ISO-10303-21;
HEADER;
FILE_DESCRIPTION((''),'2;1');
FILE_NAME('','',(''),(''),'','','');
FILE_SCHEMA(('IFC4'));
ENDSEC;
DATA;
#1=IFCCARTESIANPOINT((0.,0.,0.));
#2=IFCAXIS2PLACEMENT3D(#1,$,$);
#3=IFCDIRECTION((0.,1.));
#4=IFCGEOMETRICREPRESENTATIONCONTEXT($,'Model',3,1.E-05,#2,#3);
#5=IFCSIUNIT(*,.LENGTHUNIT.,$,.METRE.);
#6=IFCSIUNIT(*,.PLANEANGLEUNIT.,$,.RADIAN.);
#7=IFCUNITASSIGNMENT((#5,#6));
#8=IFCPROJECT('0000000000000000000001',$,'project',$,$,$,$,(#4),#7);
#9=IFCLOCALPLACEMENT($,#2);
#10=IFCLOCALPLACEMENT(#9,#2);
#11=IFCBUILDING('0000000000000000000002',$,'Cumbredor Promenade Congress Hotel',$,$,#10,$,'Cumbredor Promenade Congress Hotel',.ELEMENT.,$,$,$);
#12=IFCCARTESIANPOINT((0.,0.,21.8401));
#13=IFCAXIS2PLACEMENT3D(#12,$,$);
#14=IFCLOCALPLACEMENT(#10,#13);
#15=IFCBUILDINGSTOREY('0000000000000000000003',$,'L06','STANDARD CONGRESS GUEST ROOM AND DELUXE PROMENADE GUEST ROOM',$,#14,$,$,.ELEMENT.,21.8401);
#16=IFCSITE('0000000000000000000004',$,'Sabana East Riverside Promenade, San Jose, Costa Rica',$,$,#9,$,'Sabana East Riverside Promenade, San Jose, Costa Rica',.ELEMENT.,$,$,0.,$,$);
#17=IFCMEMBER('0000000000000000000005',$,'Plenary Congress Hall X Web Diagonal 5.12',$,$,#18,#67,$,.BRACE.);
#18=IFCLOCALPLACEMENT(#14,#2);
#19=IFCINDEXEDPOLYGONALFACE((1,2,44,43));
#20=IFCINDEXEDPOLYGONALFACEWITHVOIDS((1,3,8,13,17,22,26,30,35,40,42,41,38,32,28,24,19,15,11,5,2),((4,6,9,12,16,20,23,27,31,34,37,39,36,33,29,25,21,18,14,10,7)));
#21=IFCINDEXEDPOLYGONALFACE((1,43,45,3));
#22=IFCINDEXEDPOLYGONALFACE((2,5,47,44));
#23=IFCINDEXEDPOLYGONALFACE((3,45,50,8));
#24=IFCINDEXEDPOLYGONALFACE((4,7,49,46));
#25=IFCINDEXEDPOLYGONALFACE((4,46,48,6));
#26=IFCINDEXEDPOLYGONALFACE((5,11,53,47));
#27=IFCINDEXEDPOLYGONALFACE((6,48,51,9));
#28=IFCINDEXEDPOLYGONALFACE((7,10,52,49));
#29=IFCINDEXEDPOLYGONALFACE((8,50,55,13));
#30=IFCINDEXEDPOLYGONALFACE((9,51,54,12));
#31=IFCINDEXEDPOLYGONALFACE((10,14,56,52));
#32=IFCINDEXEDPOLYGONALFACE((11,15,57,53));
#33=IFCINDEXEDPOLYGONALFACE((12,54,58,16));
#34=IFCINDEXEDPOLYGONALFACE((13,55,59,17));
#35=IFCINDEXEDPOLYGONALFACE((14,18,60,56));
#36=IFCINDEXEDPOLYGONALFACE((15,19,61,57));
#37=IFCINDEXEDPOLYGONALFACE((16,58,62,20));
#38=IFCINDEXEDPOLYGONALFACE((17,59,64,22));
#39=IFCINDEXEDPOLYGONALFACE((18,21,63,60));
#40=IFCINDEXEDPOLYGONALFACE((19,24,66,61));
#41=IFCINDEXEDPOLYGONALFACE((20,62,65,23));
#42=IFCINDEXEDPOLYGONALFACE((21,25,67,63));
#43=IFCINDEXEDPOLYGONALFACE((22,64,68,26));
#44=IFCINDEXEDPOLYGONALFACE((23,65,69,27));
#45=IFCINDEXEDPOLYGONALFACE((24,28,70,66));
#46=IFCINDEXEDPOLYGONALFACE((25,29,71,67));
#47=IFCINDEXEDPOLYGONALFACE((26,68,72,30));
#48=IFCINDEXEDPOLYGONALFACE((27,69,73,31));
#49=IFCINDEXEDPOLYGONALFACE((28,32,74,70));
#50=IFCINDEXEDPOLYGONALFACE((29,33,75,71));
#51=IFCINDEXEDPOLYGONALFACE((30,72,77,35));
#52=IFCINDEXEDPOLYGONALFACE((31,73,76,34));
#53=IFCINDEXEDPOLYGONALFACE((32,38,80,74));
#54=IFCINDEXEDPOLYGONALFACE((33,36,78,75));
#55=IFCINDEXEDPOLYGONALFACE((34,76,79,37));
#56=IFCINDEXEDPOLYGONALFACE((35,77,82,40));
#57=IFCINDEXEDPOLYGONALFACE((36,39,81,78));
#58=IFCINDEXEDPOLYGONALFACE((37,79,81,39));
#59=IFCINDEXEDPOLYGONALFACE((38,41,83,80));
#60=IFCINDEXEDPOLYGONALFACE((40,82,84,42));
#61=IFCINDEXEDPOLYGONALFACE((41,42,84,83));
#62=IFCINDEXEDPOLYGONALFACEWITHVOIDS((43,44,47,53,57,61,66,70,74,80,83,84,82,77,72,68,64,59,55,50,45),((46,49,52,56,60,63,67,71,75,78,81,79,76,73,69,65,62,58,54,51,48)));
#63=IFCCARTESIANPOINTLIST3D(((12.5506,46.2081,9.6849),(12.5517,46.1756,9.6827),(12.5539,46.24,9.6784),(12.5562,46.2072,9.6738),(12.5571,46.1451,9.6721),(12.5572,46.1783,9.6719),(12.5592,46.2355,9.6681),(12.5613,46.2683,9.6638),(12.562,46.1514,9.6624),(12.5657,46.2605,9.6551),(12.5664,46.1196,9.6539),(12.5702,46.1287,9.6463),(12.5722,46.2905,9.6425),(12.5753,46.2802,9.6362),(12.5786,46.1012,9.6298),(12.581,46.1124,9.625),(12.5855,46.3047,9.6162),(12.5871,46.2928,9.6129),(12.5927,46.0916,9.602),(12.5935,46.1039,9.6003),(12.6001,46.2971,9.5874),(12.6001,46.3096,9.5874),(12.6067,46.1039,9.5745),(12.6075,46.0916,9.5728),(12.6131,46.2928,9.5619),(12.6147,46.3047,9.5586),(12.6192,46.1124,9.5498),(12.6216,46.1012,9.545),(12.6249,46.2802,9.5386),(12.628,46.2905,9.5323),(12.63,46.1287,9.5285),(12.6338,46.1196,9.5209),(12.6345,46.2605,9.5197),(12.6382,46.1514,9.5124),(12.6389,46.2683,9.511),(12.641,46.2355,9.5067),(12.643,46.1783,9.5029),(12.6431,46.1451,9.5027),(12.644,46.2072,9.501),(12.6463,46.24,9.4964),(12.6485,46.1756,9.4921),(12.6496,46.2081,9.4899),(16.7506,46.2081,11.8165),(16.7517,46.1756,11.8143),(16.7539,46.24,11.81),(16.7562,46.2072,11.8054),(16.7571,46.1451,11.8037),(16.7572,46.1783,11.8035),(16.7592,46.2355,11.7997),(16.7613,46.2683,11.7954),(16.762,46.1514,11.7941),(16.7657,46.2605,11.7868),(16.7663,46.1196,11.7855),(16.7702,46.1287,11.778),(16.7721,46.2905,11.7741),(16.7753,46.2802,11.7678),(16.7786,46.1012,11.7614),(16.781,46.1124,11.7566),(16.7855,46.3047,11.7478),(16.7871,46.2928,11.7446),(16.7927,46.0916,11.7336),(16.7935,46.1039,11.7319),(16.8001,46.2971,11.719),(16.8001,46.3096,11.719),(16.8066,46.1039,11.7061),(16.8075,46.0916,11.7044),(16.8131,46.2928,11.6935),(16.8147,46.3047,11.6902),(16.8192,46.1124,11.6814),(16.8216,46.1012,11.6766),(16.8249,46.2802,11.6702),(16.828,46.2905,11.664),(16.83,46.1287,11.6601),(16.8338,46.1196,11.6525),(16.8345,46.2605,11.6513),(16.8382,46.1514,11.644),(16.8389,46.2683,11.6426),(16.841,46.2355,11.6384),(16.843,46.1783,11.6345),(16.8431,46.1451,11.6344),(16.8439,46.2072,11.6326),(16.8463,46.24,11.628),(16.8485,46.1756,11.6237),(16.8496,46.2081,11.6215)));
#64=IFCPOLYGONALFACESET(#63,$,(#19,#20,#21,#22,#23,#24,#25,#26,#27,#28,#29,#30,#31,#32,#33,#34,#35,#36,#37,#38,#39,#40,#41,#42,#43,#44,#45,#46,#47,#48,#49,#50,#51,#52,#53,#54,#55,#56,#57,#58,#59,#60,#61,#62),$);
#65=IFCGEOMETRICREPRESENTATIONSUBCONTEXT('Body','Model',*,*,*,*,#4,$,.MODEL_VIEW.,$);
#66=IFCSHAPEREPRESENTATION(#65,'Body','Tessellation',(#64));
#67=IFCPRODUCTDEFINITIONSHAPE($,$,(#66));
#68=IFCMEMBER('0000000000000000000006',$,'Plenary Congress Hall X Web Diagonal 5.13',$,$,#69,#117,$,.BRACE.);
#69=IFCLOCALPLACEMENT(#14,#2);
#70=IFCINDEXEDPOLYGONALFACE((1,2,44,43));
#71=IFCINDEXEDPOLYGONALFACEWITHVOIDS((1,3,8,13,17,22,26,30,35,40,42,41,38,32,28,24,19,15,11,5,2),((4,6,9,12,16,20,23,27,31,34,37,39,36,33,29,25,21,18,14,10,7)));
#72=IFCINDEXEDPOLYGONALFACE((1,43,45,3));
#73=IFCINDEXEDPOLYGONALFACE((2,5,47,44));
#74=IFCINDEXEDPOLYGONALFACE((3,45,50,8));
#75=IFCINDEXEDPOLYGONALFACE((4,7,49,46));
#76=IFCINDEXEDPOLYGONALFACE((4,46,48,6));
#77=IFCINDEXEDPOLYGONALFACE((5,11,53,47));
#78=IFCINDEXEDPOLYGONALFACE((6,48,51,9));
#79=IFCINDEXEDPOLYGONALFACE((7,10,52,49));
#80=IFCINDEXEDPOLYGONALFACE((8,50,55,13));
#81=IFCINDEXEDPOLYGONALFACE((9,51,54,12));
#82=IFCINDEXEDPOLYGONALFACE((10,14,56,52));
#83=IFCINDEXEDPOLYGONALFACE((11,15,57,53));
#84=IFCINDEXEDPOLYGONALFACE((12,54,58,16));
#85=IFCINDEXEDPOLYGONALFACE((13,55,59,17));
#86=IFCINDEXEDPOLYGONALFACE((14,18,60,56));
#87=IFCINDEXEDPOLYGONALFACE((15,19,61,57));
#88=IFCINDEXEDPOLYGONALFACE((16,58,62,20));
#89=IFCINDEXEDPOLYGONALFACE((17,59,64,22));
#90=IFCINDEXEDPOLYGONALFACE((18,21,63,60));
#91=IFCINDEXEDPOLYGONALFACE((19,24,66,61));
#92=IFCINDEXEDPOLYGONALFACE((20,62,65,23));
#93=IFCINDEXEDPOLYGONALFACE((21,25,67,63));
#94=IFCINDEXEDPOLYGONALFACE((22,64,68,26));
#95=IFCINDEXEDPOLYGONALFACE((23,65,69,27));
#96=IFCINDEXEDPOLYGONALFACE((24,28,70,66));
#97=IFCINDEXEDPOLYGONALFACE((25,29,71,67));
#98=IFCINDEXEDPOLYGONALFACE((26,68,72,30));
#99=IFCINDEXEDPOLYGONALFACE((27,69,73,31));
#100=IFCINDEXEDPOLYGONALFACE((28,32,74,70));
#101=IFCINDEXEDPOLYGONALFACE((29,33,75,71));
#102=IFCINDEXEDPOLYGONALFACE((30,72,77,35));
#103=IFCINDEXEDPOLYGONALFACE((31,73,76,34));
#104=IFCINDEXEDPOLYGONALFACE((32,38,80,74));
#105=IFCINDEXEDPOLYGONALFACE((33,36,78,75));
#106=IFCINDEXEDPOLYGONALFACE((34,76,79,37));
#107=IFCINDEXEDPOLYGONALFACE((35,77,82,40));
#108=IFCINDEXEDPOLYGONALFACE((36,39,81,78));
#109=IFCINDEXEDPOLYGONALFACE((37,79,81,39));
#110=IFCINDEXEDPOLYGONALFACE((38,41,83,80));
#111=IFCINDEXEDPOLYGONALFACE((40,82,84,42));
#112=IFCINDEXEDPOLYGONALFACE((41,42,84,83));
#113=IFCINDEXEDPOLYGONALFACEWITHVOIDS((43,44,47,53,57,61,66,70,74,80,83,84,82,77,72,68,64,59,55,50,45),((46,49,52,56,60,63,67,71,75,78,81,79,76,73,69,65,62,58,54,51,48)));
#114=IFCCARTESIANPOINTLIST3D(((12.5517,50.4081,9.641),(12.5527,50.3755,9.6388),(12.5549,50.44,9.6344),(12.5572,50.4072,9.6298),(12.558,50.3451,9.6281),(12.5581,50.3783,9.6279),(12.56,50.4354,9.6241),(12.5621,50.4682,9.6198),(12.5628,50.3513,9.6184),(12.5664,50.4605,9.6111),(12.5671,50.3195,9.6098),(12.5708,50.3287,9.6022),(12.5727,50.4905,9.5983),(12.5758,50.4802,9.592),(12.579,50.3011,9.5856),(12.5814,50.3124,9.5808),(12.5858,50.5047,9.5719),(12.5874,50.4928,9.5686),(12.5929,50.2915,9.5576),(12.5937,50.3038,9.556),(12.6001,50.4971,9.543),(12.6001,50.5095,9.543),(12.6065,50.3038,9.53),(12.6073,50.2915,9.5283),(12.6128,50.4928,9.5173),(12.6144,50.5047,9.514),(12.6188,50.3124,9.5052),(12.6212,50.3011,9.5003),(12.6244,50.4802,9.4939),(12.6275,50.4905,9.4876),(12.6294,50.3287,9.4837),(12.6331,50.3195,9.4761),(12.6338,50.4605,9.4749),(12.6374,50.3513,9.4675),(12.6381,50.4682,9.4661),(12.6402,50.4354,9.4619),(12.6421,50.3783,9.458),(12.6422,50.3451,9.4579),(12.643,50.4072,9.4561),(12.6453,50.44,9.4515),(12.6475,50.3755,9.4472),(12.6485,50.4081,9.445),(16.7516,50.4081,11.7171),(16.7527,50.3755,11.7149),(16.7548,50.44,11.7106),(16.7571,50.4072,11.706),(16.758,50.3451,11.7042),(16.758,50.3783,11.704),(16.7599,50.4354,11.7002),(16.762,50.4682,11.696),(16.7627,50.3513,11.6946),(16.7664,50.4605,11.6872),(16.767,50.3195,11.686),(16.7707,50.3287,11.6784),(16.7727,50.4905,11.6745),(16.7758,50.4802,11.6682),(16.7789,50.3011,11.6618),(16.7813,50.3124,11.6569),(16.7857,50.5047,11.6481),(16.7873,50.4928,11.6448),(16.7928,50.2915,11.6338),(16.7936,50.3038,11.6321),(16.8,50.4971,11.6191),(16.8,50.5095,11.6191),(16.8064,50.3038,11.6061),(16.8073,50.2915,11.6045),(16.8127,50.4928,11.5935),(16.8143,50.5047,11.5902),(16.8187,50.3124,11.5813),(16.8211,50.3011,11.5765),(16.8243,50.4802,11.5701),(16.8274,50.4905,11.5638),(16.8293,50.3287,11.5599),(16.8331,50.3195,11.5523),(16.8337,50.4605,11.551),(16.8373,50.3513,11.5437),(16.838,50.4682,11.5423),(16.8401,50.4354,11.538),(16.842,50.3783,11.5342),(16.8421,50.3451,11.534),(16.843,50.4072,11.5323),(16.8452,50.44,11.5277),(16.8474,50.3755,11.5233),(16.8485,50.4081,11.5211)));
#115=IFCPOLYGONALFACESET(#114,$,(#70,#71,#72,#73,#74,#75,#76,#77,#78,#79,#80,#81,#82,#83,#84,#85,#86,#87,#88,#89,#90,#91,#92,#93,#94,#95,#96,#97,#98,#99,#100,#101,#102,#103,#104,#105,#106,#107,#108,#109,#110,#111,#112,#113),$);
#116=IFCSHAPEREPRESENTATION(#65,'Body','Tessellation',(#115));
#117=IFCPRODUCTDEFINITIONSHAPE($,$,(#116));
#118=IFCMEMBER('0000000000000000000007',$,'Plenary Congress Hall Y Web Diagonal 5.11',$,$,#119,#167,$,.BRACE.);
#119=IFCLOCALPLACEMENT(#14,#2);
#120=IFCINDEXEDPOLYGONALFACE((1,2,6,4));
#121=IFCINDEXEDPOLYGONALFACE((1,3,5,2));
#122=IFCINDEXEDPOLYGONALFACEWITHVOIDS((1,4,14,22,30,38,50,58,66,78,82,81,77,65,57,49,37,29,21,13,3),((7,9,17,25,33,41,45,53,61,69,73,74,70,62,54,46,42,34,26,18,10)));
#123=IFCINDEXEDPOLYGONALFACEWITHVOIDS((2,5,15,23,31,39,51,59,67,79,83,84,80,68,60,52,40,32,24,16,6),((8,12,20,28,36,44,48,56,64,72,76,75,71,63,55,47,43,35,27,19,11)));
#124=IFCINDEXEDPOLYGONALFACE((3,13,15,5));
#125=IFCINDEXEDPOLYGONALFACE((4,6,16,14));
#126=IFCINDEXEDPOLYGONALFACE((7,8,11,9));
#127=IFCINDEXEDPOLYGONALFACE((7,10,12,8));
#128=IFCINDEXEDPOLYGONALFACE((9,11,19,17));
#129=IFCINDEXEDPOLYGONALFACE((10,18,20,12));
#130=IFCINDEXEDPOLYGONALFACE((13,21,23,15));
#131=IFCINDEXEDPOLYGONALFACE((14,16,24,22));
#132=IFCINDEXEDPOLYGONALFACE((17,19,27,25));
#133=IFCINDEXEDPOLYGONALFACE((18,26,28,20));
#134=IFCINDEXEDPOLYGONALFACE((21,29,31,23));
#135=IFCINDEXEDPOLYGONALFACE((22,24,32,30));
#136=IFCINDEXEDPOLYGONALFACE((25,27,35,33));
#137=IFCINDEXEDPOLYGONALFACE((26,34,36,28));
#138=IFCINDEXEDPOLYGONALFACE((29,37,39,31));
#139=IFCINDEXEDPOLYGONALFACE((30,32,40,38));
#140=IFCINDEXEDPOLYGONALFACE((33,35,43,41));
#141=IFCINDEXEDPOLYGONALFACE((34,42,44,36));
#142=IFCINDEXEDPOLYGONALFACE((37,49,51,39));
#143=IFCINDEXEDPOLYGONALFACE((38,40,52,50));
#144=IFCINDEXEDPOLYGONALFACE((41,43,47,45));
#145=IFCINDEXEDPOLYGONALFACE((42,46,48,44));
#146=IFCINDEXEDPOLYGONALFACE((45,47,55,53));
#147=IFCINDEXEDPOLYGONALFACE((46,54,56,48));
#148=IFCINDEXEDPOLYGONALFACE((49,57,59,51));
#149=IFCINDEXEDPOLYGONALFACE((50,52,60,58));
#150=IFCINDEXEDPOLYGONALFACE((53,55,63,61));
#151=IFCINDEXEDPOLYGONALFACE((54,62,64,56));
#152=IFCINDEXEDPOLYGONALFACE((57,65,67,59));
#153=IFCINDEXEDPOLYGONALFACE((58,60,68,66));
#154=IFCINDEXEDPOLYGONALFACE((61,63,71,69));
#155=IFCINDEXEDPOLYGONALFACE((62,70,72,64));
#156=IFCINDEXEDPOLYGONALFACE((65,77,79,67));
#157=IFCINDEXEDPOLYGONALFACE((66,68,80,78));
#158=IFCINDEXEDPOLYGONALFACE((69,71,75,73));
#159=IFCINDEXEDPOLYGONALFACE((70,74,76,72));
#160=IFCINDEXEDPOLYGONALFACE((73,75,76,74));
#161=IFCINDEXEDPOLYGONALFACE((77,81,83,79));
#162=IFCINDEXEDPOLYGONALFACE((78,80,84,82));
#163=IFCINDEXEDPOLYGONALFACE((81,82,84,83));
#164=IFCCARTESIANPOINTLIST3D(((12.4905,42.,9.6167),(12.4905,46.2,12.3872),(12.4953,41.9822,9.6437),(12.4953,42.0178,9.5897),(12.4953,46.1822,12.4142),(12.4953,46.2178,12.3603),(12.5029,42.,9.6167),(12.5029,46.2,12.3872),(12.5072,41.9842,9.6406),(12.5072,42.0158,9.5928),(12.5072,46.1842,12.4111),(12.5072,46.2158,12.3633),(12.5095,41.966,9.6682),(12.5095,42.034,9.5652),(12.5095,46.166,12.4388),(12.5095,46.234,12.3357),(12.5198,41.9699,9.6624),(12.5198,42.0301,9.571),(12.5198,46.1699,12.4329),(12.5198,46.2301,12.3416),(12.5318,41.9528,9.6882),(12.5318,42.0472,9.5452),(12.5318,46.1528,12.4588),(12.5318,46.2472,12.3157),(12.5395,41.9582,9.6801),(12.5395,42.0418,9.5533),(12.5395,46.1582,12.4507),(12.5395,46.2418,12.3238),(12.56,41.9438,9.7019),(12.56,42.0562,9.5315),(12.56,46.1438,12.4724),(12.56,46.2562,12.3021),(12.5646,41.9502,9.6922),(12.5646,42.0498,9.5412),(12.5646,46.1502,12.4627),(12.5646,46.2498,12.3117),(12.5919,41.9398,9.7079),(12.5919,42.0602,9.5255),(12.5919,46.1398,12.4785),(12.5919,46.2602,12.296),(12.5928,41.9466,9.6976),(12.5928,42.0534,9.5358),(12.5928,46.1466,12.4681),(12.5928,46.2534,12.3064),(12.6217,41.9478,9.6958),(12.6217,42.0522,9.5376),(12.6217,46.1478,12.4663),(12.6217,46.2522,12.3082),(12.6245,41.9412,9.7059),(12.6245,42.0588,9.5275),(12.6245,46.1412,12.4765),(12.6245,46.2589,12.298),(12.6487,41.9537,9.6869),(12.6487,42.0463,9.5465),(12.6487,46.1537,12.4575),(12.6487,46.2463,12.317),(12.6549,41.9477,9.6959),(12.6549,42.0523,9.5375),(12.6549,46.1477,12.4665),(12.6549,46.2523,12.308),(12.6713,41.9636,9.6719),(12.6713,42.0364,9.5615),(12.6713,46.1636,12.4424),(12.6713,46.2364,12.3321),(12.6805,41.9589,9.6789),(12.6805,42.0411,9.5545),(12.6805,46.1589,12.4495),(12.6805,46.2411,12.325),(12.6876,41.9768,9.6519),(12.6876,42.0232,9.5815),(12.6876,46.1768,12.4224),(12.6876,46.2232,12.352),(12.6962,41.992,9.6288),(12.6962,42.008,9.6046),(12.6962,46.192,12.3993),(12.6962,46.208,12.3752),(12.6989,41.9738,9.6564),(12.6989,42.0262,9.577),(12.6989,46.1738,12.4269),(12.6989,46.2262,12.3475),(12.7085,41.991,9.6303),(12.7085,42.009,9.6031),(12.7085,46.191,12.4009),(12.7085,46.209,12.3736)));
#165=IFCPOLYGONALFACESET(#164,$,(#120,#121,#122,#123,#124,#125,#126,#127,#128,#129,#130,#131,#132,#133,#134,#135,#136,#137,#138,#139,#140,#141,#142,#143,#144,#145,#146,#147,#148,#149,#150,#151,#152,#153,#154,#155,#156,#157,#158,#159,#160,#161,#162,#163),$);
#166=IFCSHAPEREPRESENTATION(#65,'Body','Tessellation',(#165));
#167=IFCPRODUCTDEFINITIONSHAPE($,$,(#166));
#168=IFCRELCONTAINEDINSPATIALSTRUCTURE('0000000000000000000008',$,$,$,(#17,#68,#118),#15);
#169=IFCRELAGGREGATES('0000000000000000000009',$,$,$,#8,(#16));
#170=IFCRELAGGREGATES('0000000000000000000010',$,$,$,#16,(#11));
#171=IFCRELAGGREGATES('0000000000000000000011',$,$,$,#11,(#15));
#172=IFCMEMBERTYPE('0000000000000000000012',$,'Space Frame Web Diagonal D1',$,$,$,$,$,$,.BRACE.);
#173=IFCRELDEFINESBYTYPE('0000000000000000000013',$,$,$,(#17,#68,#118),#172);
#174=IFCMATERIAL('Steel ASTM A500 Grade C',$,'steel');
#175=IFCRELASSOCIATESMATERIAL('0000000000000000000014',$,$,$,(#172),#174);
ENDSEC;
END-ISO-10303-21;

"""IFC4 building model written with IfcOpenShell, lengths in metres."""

from ifc_helpers import new_model, si_unit, direction, frame, origin, origin_2d, place, context, subcontext, project, spatial, hollow_circle, extrude, material, material_profile, profile_set, type_object, element, save


model = new_model("IFC4")

# Units and contexts
model_context = context("Model", 3, precision=1e-05, world=origin(), true_north=direction((0.0, 1.0)))
body_context = subcontext(model_context, "Body", "Model", "MODEL_VIEW")
ifc_project = project(units=[si_unit("LENGTHUNIT", "METRE"), si_unit("PLANEANGLEUNIT", "RADIAN")], contexts=[model_context])

# Site, building, storey
site_placement = place(None, origin())
site = spatial("IfcSite", under=ifc_project, at=site_placement, Name="Sabana East Riverside Promenade, San Jose, Costa Rica", LongName="Sabana East Riverside Promenade, San Jose, Costa Rica", CompositionType="ELEMENT", RefElevation=0.0)
building_placement = place(site_placement, origin())
building = spatial("IfcBuilding", under=site, at=building_placement, Name="Cumbredor Promenade Congress Hotel", LongName="Cumbredor Promenade Congress Hotel", CompositionType="ELEMENT")
storey_placement = place(building_placement, frame((0.0, 0.0, 21.8401)))
storey = spatial("IfcBuildingStorey", under=building, at=storey_placement, Name="L06", Description="STANDARD CONGRESS GUEST ROOM AND DELUXE PROMENADE GUEST ROOM", CompositionType="ELEMENT", Elevation=21.8401)

# Members
ifc_material_1 = material(Name="Steel ASTM A500 Grade C", Category="steel")
ifc_material_profile_1 = material_profile(ifc_material_1, hollow_circle(Radius=0.1096, WallThickness=0.0125, at=origin_2d()), Name="CHS 219.1x12.5")
ifc_profile_set_1 = profile_set([ifc_material_profile_1], Name="Steel ASTM A500 Grade C")
member_type_1 = type_object("IfcMemberType", Name="Space Frame Web Diagonal D1", PredefinedType="BRACE", material=ifc_profile_set_1)
member_1_placement = place(storey_placement, frame((12.6001, 46.2, 9.5874), z_axis=(0.891726, 0.0, 0.452576), x_axis=(0.0, 1.0, 0.0)))
element("IfcMember", 1, at=member_1_placement, inside=storey, type_object=member_type_1, Name="Plenary Congress Hall X Web Diagonal 5.12", PredefinedType="BRACE", context=body_context, shape_type="SweptSolid", body=[
    extrude(hollow_circle(Radius=0.1096, WallThickness=0.0125, at=origin_2d()), origin(), (0.0, 0.0, 1.0), 4.71),
])
member_2_placement = place(storey_placement, frame((12.6001, 50.3999, 9.543), z_axis=(0.89645, 0.0, 0.443144), x_axis=(0.0, 1.0, 0.0)))
element("IfcMember", 2, at=member_2_placement, inside=storey, type_object=member_type_1, Name="Plenary Congress Hall X Web Diagonal 5.13", PredefinedType="BRACE", context=body_context, shape_type="SweptSolid", body=[
    extrude(hollow_circle(Radius=0.1096, WallThickness=0.0125, at=origin_2d()), origin(), (0.0, 0.0, 1.0), 4.6851),
])
member_3_placement = place(storey_placement, frame((12.6001, 42.0, 9.6167), z_axis=(0.0, 0.834743, 0.55064), x_axis=(-1.0, 0.0, 0.0)))
element("IfcMember", 3, at=member_3_placement, inside=storey, type_object=member_type_1, Name="Plenary Congress Hall Y Web Diagonal 5.11", PredefinedType="BRACE", context=body_context, shape_type="SweptSolid", body=[
    extrude(hollow_circle(Radius=0.1096, WallThickness=0.0125, at=origin_2d()), origin(), (0.0, 0.0, 1.0), 5.0315),
])

save(model, "model.ifc")
